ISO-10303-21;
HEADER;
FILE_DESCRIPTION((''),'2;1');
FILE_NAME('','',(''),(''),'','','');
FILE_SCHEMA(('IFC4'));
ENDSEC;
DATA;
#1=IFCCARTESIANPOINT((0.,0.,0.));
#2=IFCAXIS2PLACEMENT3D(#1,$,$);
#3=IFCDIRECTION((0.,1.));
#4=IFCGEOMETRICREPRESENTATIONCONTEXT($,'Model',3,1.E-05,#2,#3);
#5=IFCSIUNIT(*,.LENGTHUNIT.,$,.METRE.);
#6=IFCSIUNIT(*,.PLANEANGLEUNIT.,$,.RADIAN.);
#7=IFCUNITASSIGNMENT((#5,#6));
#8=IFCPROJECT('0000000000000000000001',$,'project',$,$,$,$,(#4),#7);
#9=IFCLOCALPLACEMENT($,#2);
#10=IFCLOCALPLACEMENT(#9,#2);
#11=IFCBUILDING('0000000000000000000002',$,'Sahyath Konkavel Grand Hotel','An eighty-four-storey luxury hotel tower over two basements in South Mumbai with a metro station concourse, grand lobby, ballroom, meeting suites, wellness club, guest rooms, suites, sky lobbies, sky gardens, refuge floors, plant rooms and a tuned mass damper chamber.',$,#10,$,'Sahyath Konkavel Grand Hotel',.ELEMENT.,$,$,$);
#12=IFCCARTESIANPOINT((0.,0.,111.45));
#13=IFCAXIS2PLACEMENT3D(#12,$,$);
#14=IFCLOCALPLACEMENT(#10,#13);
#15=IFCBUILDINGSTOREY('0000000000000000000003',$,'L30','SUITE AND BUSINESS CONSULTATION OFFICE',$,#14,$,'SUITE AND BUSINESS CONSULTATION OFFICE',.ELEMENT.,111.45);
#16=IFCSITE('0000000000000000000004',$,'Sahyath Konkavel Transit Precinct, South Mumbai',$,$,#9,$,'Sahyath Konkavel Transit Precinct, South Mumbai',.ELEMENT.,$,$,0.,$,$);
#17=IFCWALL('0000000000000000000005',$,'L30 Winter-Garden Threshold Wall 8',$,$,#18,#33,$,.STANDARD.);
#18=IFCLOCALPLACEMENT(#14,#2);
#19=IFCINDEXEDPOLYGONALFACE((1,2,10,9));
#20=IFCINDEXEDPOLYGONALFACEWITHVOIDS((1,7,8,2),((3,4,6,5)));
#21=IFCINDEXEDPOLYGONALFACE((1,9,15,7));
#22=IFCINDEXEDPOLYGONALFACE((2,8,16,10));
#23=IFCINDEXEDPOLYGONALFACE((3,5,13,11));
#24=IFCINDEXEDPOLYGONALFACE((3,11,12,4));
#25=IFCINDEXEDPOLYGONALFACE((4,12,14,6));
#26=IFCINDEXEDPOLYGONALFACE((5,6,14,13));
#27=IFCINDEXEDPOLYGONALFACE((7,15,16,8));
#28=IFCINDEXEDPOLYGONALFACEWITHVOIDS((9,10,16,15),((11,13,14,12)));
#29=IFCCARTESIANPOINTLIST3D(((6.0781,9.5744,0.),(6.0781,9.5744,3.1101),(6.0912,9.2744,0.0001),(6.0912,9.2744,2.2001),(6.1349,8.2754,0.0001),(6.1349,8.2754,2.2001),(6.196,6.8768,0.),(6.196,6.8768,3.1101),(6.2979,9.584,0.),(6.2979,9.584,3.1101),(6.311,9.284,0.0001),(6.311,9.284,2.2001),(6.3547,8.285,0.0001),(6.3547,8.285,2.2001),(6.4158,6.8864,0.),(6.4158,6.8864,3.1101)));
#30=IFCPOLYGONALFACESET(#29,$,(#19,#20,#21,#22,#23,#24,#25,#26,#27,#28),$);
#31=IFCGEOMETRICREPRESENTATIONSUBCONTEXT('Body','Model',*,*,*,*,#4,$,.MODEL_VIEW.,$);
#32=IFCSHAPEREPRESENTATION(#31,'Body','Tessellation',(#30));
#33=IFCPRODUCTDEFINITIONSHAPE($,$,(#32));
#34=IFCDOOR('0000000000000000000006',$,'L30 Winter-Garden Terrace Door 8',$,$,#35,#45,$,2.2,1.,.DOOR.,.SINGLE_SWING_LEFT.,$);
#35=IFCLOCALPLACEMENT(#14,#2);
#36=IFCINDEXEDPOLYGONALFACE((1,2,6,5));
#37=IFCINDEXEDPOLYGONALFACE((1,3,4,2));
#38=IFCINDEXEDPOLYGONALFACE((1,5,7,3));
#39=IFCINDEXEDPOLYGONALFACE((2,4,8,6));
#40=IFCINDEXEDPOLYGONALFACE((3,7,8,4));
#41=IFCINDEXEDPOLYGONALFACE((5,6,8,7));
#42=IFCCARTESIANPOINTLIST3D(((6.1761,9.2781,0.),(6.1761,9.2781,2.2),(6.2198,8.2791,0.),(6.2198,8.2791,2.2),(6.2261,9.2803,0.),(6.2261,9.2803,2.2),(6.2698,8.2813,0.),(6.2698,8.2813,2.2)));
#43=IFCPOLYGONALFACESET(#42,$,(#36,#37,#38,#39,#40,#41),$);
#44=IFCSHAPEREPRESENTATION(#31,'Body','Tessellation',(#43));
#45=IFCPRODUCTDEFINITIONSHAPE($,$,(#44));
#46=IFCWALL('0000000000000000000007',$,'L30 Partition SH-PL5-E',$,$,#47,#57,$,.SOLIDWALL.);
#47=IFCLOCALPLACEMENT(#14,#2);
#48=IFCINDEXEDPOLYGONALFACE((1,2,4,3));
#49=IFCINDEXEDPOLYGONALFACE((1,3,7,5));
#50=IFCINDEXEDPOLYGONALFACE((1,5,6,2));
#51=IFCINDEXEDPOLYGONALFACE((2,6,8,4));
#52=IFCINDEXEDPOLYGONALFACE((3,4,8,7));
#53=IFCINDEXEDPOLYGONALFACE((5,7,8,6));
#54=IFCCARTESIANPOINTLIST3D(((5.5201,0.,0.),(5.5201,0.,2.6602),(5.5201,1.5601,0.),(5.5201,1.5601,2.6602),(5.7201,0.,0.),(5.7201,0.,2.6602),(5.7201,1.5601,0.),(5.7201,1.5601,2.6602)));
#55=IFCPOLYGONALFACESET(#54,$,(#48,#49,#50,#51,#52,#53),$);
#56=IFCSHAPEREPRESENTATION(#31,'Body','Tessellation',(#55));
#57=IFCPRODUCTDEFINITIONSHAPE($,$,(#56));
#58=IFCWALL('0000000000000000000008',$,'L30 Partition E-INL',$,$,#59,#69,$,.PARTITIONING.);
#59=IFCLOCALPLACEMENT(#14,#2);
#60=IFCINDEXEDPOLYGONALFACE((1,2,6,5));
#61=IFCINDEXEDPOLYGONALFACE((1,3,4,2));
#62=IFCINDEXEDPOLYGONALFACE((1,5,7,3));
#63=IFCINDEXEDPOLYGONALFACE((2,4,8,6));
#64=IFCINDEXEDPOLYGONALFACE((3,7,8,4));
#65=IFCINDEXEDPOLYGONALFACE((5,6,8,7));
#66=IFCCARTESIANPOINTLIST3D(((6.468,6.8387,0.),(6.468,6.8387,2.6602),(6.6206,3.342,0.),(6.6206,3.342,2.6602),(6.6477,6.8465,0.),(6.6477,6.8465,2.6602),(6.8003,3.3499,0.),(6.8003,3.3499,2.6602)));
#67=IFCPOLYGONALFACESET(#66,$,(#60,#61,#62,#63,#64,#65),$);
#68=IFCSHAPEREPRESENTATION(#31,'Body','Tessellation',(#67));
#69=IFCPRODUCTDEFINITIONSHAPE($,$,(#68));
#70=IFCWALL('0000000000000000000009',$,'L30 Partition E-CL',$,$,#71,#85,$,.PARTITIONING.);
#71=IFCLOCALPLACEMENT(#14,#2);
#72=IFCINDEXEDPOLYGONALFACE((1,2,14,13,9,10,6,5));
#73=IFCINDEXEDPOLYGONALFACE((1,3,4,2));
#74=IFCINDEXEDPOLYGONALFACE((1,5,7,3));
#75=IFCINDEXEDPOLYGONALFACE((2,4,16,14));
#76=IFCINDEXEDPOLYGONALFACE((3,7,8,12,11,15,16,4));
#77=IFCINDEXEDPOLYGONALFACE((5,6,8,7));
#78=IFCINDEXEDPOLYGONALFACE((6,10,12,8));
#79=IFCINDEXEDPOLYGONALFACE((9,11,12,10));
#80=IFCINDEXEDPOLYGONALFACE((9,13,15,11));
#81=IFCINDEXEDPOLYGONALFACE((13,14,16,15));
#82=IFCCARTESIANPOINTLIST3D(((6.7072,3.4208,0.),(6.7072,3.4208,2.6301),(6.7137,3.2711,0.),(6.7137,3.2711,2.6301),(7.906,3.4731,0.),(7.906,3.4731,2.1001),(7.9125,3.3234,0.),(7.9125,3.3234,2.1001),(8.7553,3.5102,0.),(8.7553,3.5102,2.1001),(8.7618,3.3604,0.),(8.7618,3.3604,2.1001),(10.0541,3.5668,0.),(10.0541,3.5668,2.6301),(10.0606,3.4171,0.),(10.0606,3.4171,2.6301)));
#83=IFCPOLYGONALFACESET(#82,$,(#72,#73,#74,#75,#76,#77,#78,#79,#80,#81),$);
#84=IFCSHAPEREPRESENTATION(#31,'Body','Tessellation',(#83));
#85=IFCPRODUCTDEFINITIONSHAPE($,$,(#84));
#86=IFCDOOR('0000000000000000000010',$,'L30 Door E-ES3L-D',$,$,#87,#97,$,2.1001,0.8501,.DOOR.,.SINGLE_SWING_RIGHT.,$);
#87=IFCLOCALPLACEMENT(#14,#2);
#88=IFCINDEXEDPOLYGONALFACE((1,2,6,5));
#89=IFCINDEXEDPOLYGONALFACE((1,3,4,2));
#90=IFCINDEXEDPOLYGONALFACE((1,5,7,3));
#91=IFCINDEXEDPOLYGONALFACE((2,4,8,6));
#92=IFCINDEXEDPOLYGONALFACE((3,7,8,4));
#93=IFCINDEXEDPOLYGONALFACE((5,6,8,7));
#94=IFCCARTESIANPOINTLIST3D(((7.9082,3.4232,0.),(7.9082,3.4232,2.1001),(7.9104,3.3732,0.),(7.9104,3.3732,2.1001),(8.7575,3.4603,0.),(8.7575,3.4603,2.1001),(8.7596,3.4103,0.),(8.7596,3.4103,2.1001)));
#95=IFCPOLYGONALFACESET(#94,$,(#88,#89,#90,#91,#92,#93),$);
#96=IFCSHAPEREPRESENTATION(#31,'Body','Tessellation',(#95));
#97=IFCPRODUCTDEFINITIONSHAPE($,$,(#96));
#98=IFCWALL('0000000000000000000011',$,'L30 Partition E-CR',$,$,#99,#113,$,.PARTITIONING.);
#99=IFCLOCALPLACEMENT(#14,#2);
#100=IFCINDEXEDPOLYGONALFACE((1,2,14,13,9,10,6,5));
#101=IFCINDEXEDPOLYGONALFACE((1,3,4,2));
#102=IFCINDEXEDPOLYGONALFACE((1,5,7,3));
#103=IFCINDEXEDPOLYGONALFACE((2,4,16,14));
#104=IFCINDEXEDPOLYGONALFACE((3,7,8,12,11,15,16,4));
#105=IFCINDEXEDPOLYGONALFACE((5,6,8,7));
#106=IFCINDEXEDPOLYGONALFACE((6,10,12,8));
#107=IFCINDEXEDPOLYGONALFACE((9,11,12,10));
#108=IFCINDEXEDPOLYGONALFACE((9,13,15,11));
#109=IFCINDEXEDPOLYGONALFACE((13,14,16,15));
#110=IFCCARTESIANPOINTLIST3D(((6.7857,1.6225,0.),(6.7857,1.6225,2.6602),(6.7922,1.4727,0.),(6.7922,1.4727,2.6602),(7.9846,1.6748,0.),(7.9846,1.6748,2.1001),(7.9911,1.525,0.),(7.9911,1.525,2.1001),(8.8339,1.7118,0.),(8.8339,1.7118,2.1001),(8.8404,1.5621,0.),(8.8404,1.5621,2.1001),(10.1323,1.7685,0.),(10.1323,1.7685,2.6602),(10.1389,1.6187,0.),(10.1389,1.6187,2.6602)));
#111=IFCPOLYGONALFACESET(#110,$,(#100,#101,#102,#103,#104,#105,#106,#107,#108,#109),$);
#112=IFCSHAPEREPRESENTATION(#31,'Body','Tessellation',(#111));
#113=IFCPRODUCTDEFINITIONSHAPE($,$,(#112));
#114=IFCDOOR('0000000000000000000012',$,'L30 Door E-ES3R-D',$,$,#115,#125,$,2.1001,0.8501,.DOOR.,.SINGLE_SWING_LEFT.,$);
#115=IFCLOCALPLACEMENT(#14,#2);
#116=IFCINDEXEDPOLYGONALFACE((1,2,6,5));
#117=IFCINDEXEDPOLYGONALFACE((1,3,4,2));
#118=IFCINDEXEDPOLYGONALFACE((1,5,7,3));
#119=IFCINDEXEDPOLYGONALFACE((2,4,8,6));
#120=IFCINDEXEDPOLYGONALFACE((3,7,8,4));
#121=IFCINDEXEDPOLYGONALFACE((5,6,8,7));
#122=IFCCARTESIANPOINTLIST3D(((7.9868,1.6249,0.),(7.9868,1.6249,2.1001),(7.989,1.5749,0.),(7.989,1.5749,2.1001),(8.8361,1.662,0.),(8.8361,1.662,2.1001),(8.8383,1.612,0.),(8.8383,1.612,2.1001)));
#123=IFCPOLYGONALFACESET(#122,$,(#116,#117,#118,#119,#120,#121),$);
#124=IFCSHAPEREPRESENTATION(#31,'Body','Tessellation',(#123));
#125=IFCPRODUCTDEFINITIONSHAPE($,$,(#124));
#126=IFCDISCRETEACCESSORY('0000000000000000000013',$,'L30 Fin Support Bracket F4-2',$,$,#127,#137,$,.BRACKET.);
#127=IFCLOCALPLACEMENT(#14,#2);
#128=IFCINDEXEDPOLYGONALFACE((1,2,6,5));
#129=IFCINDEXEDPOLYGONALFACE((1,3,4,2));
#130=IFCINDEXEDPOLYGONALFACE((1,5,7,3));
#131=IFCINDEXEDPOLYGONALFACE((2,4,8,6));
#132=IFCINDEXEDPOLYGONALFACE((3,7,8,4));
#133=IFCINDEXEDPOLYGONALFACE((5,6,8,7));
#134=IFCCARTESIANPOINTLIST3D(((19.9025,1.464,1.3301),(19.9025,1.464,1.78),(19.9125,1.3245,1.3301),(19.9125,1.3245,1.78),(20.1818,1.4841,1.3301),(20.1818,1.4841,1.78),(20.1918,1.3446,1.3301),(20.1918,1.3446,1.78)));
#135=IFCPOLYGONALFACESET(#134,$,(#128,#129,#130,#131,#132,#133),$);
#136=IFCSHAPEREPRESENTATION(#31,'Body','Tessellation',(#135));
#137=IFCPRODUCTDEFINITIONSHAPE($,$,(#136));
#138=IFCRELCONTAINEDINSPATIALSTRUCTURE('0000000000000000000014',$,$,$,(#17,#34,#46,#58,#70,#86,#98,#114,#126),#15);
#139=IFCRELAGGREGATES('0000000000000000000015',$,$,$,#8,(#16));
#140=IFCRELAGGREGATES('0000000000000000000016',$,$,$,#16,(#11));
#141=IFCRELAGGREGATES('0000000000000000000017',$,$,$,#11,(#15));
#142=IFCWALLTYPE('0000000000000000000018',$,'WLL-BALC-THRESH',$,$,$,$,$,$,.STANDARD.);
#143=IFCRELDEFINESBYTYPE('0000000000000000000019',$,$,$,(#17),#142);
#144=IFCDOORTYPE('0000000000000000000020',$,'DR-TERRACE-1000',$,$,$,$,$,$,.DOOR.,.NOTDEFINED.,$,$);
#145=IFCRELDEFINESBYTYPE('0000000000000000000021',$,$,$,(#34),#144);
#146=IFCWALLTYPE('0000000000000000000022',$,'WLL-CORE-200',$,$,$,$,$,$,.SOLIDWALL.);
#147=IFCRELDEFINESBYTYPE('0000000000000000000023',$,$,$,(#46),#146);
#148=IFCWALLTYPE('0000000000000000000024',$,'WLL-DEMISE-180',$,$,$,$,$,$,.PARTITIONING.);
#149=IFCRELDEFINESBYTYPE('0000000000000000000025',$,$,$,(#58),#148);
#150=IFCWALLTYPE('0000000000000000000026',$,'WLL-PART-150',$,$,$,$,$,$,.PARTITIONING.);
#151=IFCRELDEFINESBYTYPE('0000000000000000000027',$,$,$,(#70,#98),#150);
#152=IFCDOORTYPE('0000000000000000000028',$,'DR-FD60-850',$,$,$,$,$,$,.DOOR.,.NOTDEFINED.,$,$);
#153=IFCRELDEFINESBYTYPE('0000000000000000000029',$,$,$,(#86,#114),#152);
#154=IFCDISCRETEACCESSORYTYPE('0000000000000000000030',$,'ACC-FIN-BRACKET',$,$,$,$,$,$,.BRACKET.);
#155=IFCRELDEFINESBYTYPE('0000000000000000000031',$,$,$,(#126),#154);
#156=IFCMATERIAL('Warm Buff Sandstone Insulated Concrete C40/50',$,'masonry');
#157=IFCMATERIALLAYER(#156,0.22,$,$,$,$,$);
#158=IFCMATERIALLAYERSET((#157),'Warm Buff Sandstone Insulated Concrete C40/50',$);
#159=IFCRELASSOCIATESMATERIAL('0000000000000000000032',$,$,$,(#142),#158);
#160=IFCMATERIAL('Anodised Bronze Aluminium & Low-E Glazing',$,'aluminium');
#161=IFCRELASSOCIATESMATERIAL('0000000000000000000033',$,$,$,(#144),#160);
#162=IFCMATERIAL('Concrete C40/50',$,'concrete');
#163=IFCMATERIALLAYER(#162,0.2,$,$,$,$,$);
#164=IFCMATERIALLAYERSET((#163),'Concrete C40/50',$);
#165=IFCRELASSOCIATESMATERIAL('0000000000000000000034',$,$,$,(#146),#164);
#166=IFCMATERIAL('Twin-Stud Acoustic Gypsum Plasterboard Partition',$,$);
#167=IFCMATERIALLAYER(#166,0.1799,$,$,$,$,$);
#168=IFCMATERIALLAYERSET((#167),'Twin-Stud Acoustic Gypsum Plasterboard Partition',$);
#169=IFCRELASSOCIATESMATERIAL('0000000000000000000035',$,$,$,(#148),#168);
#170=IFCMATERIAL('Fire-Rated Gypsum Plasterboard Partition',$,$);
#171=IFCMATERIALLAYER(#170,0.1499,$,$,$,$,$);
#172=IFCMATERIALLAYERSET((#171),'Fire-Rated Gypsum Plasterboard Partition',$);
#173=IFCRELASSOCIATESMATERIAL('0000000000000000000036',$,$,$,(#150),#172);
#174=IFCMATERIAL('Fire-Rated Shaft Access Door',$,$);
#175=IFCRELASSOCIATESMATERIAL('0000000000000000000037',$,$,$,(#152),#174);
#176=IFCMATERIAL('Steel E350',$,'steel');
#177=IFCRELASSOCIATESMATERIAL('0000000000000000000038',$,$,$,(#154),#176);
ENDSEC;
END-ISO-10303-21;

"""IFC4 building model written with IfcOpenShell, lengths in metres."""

from ifc_helpers import new_model, si_unit, direction, frame, frame_2d, origin, origin_2d, place, context, subcontext, project, spatial, rectangle, extrude, source, transform, mapped, material, layer, layer_set, type_object, element, fill, save


model = new_model("IFC4")

# Units and contexts
model_context = context("Model", 3, precision=1e-05, world=origin(), true_north=direction((0.0, 1.0)))
body_context = subcontext(model_context, "Body", "Model", "MODEL_VIEW")
ifc_project = project(units=[si_unit("LENGTHUNIT", "METRE"), si_unit("PLANEANGLEUNIT", "RADIAN")], contexts=[model_context])

# Site, building, storey
site_placement = place(None, origin())
site = spatial("IfcSite", under=ifc_project, at=site_placement, Name="Sahyath Konkavel Transit Precinct, South Mumbai", LongName="Sahyath Konkavel Transit Precinct, South Mumbai", CompositionType="ELEMENT", RefElevation=0.0)
building_placement = place(site_placement, origin())
building = spatial("IfcBuilding", under=site, at=building_placement, Name="Sahyath Konkavel Grand Hotel", Description="An eighty-four-storey luxury hotel tower over two basements in South Mumbai with a metro station concourse, grand lobby, ballroom, meeting suites, wellness club, guest rooms, suites, sky lobbies, sky gardens, refuge floors, plant rooms and a tuned mass damper chamber.", LongName="Sahyath Konkavel Grand Hotel", CompositionType="ELEMENT")
storey_placement = place(building_placement, frame((0.0, 0.0, 111.45)))
storey = spatial("IfcBuildingStorey", under=building, at=storey_placement, Name="L30", Description="SUITE AND BUSINESS CONSULTATION OFFICE", LongName="SUITE AND BUSINESS CONSULTATION OFFICE", CompositionType="ELEMENT", Elevation=111.45)

# Shared definitions
ifc_material_1 = material(Name="Steel E350", Category="steel")

# Shared definitions
ifc_material_2 = material(Name="Anodised Bronze Aluminium & Low-E Glazing", Category="aluminium")

# Shared definitions
ifc_material_3 = material(Name="Warm Buff Sandstone Insulated Concrete C40/50", Category="masonry")
ifc_layer_1 = layer(ifc_material_3, 0.22)
ifc_layer_set_1 = layer_set([ifc_layer_1], Name="Warm Buff Sandstone Insulated Concrete C40/50")
wall_type_1 = type_object("IfcWallType", Name="WLL-BALC-THRESH", PredefinedType="STANDARD", material=ifc_layer_set_1)

# Wall, opening, door
wall_1_placement = place(storey_placement, frame((6.3059, 6.8816, 0.0), z_axis=(0.0, 0.0, 1.0), x_axis=(-0.043673, 0.999046, 0.0)))
wall_1 = element("IfcWall", 1, at=wall_1_placement, inside=storey, type_object=wall_type_1, Name="L30 Winter-Garden Threshold Wall 8", PredefinedType="STANDARD", context=body_context, shape_type="SweptSolid", body=[
    extrude(rectangle(XDim=2.7002, YDim=0.22, at=frame_2d((1.3501, 0.0))), origin(), (0.0, 0.0, 1.0), 3.1101),
])
opening_1_placement = place(wall_1_placement, frame((1.3999, 0.0, 0.0)))
opening_1 = element("IfcOpeningElement", 2, at=opening_1_placement, cuts=wall_1, PredefinedType="OPENING", context=body_context, shape_type="SweptSolid", body=[
    extrude(rectangle(XDim=1.0, YDim=2.2, at=frame_2d((0.5, 1.1001))), frame((0.0, 0.1201, 0.0), z_axis=(0.0, -1.0, 0.0), x_axis=(1.0, 0.0, 0.0)), (0.0, 0.0, 1.0), 0.24),
])
door_type_1 = type_object("IfcDoorType", Name="DR-TERRACE-1000", OperationType="NOTDEFINED", PredefinedType="DOOR", material=ifc_material_2)
shared_shape_1 = source(origin(), body_context, "Body", "SweptSolid", [
    extrude(rectangle(XDim=1.0, YDim=0.05, at=origin_2d()), origin(), (0.0, 0.0, 1.0), 2.2),
])
door_1_placement = place(opening_1_placement, frame((0.5, 0.0, 0.0)))
door_1 = element("IfcDoor", 3, at=door_1_placement, inside=storey, type_object=door_type_1, Name="L30 Winter-Garden Terrace Door 8", OperationType="SINGLE_SWING_LEFT", OverallHeight=2.2, OverallWidth=1.0, PredefinedType="DOOR", context=body_context, shape_type="MappedRepresentation", body=[
    mapped(shared_shape_1, transform((0.0, 0.0, 0.0), scale=1.0)),
])
fill(opening_1, door_1)

# Walls
ifc_material_4 = material(Name="Concrete C40/50", Category="concrete")
ifc_layer_2 = layer(ifc_material_4, 0.2)
ifc_layer_set_2 = layer_set([ifc_layer_2], Name="Concrete C40/50")
wall_type_2 = type_object("IfcWallType", Name="WLL-CORE-200", PredefinedType="SOLIDWALL", material=ifc_layer_set_2)
wall_2_placement = place(storey_placement, frame((5.6201, 0.0, 0.0), z_axis=(0.0, 0.0, 1.0), x_axis=(0.0, 1.0, 0.0)))
element("IfcWall", 4, at=wall_2_placement, inside=storey, type_object=wall_type_2, Name="L30 Partition SH-PL5-E", PredefinedType="SOLIDWALL", context=body_context, shape_type="SweptSolid", body=[
    extrude(rectangle(XDim=1.5601, YDim=0.2, at=frame_2d((0.78, 0.0))), origin(), (0.0, 0.0, 1.0), 2.6602),
])
ifc_material_5 = material(Name="Twin-Stud Acoustic Gypsum Plasterboard Partition")
ifc_layer_3 = layer(ifc_material_5, 0.1799)
ifc_layer_set_3 = layer_set([ifc_layer_3], Name="Twin-Stud Acoustic Gypsum Plasterboard Partition")
wall_type_3 = type_object("IfcWallType", Name="WLL-DEMISE-180", PredefinedType="PARTITIONING", material=ifc_layer_set_3)
wall_3_placement = place(storey_placement, frame((6.7104, 3.3459, 0.0), z_axis=(0.0, 0.0, 1.0), x_axis=(-0.043598, 0.999049, 0.0)))
element("IfcWall", 5, at=wall_3_placement, inside=storey, type_object=wall_type_3, Name="L30 Partition E-INL", PredefinedType="PARTITIONING", context=body_context, shape_type="SweptSolid", body=[
    extrude(rectangle(XDim=3.5, YDim=0.1799, at=frame_2d((1.75, 0.0))), origin(), (0.0, 0.0, 1.0), 2.6602),
])

# Walls, openings, doors
ifc_material_6 = material(Name="Fire-Rated Gypsum Plasterboard Partition")
ifc_layer_4 = layer(ifc_material_6, 0.1499)
ifc_layer_set_4 = layer_set([ifc_layer_4], Name="Fire-Rated Gypsum Plasterboard Partition")
wall_type_4 = type_object("IfcWallType", Name="WLL-PART-150", PredefinedType="PARTITIONING", material=ifc_layer_set_4)
wall_4_placement = place(storey_placement, frame((6.7104, 3.3459, 0.0), z_axis=(0.0, 0.0, 1.0), x_axis=(0.99905, 0.04358, 0.0)))
wall_4 = element("IfcWall", 6, at=wall_4_placement, inside=storey, type_object=wall_type_4, Name="L30 Partition E-CL", PredefinedType="PARTITIONING", context=body_context, shape_type="SweptSolid", body=[
    extrude(rectangle(XDim=3.3501, YDim=0.1499, at=frame_2d((1.675, 0.0))), origin(), (0.0, 0.0, 1.0), 2.6301),
])
opening_2_placement = place(wall_4_placement, frame((1.2, 0.0, 0.0)))
opening_2 = element("IfcOpeningElement", 7, at=opening_2_placement, cuts=wall_4, PredefinedType="OPENING", context=body_context, shape_type="SweptSolid", body=[
    extrude(rectangle(XDim=0.8501, YDim=2.1001, at=frame_2d((0.425, 1.05))), frame((0.0, 0.085, 0.0), z_axis=(0.0, -1.0, 0.0), x_axis=(1.0, 0.0, 0.0)), (0.0, 0.0, 1.0), 0.1699),
])
ifc_material_7 = material(Name="Fire-Rated Shaft Access Door")
door_type_2 = type_object("IfcDoorType", Name="DR-FD60-850", OperationType="NOTDEFINED", PredefinedType="DOOR", material=ifc_material_7)
shared_shape_2 = source(origin(), body_context, "Body", "SweptSolid", [
    extrude(rectangle(XDim=0.8501, YDim=0.05, at=origin_2d()), origin(), (0.0, 0.0, 1.0), 2.1001),
])
door_2_placement = place(opening_2_placement, frame((0.425, 0.0, 0.0)))
door_2 = element("IfcDoor", 8, at=door_2_placement, inside=storey, type_object=door_type_2, Name="L30 Door E-ES3L-D", OperationType="SINGLE_SWING_RIGHT", OverallHeight=2.1001, OverallWidth=0.8501, PredefinedType="DOOR", context=body_context, shape_type="MappedRepresentation", body=[
    mapped(shared_shape_2, transform((0.0, 0.0, 0.0), scale=1.0)),
])
fill(opening_2, door_2)
wall_5_placement = place(storey_placement, frame((6.7891, 1.5476, 0.0), z_axis=(0.0, 0.0, 1.0), x_axis=(0.99905, 0.043583, 0.0)))
wall_5 = element("IfcWall", 9, at=wall_5_placement, inside=storey, type_object=wall_type_4, Name="L30 Partition E-CR", PredefinedType="PARTITIONING", context=body_context, shape_type="SweptSolid", body=[
    extrude(rectangle(XDim=3.3499, YDim=0.1499, at=frame_2d((1.6748, 0.0))), origin(), (0.0, 0.0, 1.0), 2.6602),
])
opening_3_placement = place(wall_5_placement, frame((1.2, 0.0, 0.0)))
opening_3 = element("IfcOpeningElement", 10, at=opening_3_placement, cuts=wall_5, PredefinedType="OPENING", context=body_context, shape_type="SweptSolid", body=[
    extrude(rectangle(XDim=0.8501, YDim=2.1001, at=frame_2d((0.425, 1.05))), frame((0.0, 0.085, 0.0), z_axis=(0.0, -1.0, 0.0), x_axis=(1.0, 0.0, 0.0)), (0.0, 0.0, 1.0), 0.1699),
])
door_3_placement = place(opening_3_placement, frame((0.425, 0.0, 0.0)))
door_3 = element("IfcDoor", 11, at=door_3_placement, inside=storey, type_object=door_type_2, Name="L30 Door E-ES3R-D", OperationType="SINGLE_SWING_LEFT", OverallHeight=2.1001, OverallWidth=0.8501, PredefinedType="DOOR", context=body_context, shape_type="MappedRepresentation", body=[
    mapped(shared_shape_2, transform((0.0, 0.0, 0.0), scale=1.0)),
])
fill(opening_3, door_3)

# Discrete accessory
discrete_accessory_type = type_object("IfcDiscreteAccessoryType", Name="ACC-FIN-BRACKET", PredefinedType="BRACKET", material=ifc_material_1)
shared_shape_3 = source(origin(), body_context, "Body", "SweptSolid", [
    extrude(rectangle(XDim=0.28, YDim=0.1399, at=origin_2d()), origin(), (0.0, 0.0, 1.0), 0.45),
])
discrete_accessory_placement = place(storey_placement, frame((20.0471, 1.4043, 1.3301), z_axis=(0.0, 0.0, 1.0), x_axis=(0.997436, 0.071567, 0.0)))
element("IfcDiscreteAccessory", 12, at=discrete_accessory_placement, inside=storey, type_object=discrete_accessory_type, Name="L30 Fin Support Bracket F4-2", PredefinedType="BRACKET", context=body_context, shape_type="MappedRepresentation", body=[
    mapped(shared_shape_3, transform((0.0, 0.0, 0.0), scale=1.0)),
])

save(model, "model.ifc")
